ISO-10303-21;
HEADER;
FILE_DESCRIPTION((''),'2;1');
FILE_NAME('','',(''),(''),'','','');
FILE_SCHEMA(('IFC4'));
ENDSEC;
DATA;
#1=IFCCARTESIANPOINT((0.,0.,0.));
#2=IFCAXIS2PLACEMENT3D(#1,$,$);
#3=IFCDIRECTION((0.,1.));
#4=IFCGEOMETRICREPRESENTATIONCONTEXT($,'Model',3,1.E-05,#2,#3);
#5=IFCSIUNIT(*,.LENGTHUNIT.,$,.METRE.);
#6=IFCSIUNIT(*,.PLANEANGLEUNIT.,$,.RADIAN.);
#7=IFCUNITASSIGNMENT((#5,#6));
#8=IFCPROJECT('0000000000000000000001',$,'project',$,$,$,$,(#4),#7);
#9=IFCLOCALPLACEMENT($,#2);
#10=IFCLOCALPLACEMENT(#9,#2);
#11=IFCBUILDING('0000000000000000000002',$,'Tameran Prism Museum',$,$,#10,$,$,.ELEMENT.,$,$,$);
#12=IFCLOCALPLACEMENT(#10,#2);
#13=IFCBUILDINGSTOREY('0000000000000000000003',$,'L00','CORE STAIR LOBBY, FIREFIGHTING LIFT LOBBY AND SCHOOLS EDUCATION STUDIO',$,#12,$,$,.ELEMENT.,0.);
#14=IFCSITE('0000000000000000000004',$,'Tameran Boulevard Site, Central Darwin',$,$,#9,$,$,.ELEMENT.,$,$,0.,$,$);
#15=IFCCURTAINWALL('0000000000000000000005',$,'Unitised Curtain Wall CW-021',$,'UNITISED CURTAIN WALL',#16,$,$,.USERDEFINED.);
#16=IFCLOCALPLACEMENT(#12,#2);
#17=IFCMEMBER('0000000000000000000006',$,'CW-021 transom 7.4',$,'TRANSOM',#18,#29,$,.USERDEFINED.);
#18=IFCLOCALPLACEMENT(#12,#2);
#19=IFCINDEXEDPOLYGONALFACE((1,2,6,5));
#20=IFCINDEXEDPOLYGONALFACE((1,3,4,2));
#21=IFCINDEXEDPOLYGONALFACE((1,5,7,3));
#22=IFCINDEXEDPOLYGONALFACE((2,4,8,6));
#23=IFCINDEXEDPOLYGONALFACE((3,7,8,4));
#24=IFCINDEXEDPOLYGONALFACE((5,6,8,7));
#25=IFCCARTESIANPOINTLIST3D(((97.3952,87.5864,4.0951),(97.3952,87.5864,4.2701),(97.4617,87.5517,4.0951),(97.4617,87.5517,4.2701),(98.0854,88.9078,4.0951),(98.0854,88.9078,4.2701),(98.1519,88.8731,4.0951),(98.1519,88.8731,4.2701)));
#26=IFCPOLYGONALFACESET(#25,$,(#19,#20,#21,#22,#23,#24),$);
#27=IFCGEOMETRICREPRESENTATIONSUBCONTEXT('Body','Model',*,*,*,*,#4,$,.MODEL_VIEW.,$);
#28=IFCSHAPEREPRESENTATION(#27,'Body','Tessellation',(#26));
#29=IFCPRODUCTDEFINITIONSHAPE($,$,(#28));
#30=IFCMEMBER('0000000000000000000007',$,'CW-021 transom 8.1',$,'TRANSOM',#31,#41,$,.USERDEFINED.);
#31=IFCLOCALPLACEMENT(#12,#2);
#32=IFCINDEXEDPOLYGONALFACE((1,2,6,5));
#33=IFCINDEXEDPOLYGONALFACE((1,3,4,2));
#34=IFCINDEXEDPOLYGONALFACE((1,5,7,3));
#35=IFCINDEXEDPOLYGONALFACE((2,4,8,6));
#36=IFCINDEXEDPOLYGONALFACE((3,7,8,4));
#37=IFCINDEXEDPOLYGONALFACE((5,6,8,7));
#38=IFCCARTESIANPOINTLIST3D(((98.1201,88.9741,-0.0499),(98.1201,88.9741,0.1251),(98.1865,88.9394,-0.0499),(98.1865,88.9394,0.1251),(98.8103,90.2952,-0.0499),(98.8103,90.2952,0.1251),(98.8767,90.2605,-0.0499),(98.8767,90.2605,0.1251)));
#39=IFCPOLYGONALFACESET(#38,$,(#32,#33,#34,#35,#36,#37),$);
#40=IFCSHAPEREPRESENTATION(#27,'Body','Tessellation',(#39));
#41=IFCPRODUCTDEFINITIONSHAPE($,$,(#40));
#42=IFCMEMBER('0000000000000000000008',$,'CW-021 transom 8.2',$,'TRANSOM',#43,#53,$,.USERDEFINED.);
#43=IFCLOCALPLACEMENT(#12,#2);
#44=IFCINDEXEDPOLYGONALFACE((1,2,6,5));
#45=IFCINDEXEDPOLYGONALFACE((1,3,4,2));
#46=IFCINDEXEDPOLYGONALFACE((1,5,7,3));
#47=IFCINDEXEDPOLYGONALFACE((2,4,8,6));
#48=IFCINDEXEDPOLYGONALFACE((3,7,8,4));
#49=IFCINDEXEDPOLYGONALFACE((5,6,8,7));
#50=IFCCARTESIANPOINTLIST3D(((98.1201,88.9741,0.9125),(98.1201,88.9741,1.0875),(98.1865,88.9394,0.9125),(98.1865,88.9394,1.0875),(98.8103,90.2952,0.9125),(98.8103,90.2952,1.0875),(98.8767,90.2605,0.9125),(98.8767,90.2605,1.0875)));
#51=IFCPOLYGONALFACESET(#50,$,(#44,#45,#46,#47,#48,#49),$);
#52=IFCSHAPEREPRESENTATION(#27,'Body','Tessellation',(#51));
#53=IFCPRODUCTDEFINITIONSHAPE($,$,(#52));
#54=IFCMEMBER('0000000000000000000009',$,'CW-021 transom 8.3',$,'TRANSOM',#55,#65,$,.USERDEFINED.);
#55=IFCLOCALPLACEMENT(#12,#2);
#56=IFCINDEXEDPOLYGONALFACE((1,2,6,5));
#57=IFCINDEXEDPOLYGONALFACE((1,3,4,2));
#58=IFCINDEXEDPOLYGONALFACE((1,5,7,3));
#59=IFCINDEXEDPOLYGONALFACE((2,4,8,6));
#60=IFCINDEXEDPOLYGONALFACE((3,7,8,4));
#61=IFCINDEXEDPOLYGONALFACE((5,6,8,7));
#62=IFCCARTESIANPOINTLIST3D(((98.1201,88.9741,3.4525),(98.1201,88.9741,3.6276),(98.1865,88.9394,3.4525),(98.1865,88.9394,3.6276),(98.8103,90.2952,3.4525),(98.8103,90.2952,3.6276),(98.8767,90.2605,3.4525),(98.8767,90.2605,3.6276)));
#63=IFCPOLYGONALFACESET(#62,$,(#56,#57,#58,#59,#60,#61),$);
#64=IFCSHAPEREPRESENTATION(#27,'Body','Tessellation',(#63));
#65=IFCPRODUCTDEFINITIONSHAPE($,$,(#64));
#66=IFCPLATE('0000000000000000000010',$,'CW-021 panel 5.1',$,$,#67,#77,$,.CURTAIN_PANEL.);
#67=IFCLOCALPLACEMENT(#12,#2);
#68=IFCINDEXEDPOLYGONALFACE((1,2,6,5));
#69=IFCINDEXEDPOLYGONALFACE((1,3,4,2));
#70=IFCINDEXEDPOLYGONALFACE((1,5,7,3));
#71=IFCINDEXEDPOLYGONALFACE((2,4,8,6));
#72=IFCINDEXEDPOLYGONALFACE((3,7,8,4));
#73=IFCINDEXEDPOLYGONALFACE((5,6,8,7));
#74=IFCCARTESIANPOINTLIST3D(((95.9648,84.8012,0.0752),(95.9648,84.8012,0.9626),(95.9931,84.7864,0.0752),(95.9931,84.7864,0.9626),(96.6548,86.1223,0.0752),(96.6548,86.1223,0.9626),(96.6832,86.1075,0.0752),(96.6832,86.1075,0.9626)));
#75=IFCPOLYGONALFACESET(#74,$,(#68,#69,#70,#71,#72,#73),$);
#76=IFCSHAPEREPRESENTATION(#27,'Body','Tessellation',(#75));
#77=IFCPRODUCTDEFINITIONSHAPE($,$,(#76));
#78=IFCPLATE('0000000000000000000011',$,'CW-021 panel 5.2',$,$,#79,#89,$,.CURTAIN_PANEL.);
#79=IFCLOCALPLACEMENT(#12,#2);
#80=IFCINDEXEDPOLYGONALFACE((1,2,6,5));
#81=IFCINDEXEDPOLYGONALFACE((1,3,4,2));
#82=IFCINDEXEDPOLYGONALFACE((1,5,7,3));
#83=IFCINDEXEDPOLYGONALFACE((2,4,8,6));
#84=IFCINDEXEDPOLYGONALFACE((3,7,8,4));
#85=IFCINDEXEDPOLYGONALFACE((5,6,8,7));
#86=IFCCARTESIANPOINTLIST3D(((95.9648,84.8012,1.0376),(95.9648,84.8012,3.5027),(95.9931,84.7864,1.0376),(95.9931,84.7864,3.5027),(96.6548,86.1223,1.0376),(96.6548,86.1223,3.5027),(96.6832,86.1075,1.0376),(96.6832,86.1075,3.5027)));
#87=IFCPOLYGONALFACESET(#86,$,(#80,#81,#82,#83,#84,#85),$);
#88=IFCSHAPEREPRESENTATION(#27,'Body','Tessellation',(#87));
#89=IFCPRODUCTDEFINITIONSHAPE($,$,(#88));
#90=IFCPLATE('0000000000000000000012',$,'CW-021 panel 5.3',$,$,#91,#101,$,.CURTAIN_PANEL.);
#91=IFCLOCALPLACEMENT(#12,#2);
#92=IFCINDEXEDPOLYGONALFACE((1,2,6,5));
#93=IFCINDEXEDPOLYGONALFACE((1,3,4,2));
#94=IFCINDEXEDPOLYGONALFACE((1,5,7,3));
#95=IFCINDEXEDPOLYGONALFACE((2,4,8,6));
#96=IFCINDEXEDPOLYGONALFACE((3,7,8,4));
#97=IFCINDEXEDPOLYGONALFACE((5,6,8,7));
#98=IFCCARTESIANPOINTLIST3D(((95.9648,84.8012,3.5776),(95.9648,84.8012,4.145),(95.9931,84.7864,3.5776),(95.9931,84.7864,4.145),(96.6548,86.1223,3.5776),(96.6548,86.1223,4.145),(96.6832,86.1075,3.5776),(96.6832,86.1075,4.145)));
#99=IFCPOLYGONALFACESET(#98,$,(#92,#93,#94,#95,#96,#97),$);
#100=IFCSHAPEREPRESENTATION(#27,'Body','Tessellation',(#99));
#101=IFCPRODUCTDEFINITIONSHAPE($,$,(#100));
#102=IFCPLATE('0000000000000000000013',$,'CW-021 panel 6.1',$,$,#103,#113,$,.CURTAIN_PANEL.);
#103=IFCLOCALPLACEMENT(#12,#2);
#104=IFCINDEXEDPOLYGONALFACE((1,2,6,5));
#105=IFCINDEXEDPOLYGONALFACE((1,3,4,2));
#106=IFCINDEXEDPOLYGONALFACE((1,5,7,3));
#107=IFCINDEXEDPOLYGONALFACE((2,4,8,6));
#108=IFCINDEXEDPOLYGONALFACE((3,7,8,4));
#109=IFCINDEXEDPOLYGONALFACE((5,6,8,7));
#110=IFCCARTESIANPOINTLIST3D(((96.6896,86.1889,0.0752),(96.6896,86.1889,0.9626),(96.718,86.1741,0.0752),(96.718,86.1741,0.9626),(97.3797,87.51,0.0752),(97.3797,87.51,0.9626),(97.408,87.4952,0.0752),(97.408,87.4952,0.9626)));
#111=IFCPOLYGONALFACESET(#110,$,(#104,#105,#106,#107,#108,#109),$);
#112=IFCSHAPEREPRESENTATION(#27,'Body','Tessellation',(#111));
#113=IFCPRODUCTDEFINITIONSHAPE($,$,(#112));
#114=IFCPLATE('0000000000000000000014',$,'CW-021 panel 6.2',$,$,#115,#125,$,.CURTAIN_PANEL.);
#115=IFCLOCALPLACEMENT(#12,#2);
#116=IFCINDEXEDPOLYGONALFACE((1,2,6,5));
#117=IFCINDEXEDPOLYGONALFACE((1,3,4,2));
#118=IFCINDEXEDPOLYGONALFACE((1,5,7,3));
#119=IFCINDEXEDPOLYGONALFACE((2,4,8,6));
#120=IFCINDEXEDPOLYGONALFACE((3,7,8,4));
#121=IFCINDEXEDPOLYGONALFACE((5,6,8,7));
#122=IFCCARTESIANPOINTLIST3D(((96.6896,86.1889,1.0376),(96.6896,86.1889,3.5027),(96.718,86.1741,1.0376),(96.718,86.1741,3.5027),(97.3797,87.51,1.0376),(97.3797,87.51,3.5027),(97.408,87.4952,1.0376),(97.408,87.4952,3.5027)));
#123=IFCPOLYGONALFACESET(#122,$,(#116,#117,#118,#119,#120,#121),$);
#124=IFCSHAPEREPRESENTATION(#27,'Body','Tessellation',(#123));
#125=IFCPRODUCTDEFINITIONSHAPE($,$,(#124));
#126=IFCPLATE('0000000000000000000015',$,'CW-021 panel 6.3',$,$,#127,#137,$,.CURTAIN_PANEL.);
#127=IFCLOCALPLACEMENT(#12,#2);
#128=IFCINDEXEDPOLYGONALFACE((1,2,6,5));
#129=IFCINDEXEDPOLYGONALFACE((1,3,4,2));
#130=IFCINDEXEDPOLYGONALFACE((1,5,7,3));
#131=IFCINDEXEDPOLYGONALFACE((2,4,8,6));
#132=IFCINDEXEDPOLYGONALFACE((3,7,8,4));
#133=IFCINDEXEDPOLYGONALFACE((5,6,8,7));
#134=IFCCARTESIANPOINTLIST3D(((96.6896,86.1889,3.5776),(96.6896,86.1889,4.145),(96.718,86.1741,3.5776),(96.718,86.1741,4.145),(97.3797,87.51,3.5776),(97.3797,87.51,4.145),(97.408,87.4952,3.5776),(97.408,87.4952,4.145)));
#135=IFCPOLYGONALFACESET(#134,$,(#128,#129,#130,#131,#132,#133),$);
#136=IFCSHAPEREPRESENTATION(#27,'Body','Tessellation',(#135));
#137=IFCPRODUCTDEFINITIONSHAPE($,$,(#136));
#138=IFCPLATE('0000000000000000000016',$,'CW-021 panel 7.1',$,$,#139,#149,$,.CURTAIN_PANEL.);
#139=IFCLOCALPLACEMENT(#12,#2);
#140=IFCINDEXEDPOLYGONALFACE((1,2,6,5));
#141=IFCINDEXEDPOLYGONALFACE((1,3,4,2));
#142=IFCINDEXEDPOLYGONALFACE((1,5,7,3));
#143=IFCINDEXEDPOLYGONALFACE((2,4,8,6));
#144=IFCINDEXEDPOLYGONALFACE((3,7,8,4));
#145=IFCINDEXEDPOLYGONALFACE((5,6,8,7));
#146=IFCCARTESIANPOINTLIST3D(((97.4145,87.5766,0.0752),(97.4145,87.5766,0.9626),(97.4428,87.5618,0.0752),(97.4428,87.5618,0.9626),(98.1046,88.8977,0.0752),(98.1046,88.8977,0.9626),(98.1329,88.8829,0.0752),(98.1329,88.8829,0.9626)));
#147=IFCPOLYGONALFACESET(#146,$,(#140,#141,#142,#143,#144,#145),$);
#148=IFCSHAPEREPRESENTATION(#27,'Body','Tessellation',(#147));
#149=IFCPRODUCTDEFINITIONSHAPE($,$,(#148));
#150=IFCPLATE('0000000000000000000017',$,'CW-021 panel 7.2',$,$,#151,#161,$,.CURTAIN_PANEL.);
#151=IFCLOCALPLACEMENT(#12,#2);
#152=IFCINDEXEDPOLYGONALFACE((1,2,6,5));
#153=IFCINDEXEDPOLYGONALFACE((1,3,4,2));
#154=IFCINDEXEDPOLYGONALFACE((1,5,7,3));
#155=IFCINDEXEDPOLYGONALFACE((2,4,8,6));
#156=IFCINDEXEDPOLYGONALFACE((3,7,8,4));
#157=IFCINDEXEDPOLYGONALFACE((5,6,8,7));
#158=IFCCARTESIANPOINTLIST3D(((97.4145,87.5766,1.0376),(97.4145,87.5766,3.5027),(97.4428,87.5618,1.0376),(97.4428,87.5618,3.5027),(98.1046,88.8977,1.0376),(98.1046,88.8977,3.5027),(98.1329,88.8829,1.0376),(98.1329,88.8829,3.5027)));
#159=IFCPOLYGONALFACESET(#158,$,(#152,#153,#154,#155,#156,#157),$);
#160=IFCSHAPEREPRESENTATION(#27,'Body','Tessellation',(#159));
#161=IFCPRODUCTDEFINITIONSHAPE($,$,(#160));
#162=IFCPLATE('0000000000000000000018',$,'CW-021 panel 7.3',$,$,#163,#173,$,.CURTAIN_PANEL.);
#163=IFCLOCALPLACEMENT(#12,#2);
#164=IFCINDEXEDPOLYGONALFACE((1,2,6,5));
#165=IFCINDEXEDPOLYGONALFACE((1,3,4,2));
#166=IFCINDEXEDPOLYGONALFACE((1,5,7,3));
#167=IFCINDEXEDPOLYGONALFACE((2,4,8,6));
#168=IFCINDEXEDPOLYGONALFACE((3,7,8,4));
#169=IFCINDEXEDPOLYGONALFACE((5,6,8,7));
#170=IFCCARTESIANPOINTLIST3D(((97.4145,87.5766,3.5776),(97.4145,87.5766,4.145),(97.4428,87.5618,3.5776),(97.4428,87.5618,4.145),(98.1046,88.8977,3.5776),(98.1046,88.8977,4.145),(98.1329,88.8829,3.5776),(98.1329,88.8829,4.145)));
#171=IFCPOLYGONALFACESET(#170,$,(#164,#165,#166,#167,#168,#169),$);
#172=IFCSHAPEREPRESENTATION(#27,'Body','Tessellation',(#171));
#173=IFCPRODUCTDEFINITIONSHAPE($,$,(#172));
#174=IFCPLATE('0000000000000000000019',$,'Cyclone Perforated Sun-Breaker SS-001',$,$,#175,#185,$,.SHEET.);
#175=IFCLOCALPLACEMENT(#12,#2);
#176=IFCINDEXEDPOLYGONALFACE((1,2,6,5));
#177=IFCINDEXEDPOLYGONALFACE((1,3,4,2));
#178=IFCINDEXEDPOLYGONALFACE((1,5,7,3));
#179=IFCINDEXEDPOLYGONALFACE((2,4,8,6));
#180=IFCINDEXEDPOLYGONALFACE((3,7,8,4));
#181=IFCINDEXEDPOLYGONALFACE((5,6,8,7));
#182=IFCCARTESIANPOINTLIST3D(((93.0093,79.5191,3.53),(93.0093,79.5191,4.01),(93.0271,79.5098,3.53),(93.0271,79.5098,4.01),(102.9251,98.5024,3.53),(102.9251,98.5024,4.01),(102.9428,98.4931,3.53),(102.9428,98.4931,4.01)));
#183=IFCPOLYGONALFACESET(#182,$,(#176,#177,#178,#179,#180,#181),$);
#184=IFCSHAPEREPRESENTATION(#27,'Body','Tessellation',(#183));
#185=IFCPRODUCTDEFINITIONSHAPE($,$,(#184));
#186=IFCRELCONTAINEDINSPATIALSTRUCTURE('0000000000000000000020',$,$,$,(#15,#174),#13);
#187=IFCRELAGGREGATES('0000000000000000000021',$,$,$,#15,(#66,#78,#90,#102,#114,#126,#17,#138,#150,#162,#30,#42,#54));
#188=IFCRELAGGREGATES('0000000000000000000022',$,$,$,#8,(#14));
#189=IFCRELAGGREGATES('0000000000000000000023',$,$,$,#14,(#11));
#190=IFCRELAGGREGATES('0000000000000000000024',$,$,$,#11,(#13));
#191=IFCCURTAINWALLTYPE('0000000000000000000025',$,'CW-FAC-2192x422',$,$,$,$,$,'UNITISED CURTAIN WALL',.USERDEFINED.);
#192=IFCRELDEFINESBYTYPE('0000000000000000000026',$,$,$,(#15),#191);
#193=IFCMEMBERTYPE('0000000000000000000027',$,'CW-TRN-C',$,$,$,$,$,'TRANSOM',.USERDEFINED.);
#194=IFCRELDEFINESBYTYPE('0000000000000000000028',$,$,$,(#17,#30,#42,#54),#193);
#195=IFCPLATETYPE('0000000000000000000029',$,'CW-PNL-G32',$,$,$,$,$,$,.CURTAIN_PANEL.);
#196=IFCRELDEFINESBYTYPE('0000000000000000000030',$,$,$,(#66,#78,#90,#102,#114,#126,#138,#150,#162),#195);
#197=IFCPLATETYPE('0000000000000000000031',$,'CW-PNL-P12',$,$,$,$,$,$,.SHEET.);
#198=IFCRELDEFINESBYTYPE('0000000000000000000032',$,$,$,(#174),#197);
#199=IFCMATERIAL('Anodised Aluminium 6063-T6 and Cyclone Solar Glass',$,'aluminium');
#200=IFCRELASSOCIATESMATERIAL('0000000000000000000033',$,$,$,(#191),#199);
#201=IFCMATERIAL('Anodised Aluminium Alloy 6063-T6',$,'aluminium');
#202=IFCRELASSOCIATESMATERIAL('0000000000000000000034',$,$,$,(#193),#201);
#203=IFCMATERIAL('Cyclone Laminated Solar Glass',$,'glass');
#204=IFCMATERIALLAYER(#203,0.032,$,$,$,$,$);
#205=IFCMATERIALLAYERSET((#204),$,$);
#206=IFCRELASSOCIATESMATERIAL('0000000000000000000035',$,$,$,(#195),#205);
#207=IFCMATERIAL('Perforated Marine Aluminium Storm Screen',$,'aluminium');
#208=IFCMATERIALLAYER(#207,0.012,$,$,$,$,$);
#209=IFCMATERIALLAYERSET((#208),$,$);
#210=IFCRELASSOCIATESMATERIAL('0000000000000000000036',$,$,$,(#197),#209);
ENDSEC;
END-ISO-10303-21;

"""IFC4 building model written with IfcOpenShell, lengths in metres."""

from ifc_helpers import new_model, si_unit, direction, frame, origin, origin_2d, place, context, subcontext, project, spatial, rectangle, extrude, material, layer, layer_set, material_profile, profile_set, type_object, element, aggregate, save


model = new_model("IFC4")

# Units and contexts
model_context = context("Model", 3, precision=1e-05, world=origin(), true_north=direction((0.0, 1.0)))
body_context = subcontext(model_context, "Body", "Model", "MODEL_VIEW")
ifc_project = project(units=[si_unit("LENGTHUNIT", "METRE"), si_unit("PLANEANGLEUNIT", "RADIAN")], contexts=[model_context])

# Site, building, storey
site_placement = place(None, origin())
site = spatial("IfcSite", under=ifc_project, at=site_placement, Name="Tameran Boulevard Site, Central Darwin", CompositionType="ELEMENT", RefElevation=0.0)
building_placement = place(site_placement, origin())
building = spatial("IfcBuilding", under=site, at=building_placement, Name="Tameran Prism Museum", CompositionType="ELEMENT")
storey_placement = place(building_placement, origin())
storey = spatial("IfcBuildingStorey", under=building, at=storey_placement, Name="L00", Description="CORE STAIR LOBBY, FIREFIGHTING LIFT LOBBY AND SCHOOLS EDUCATION STUDIO", CompositionType="ELEMENT", Elevation=0.0)

# Curtain wall, members, plates
ifc_material_1 = material(Name="Anodised Aluminium 6063-T6 and Cyclone Solar Glass", Category="aluminium")
curtain_wall_type = type_object("IfcCurtainWallType", Name="CW-FAC-2192x422", ElementType="UNITISED CURTAIN WALL", PredefinedType="USERDEFINED", material=ifc_material_1)
curtain_wall_placement = place(storey_placement, origin())
curtain_wall = element("IfcCurtainWall", 1, at=curtain_wall_placement, inside=storey, type_object=curtain_wall_type, Name="Unitised Curtain Wall CW-021", ObjectType="UNITISED CURTAIN WALL", PredefinedType="USERDEFINED")
ifc_material_2 = material(Name="Anodised Aluminium Alloy 6063-T6", Category="aluminium")
ifc_material_profile_1 = material_profile(ifc_material_2, rectangle(XDim=0.075, YDim=0.175, at=origin_2d()))
ifc_profile_set_1 = profile_set([ifc_material_profile_1])
member_type_1 = type_object("IfcMemberType", Name="CW-TRN-C", ElementType="TRANSOM", PredefinedType="USERDEFINED", material=ifc_profile_set_1)
member_1_placement = place(storey_placement, frame((97.4285, 87.5691, 4.1826), z_axis=(0.462997, 0.88636, 0.0), x_axis=(-0.88636, 0.462997, 0.0)))
member_1 = element("IfcMember", 2, at=member_1_placement, type_object=member_type_1, Name="CW-021 transom 7.4", ObjectType="TRANSOM", PredefinedType="USERDEFINED", context=body_context, shape_type="SweptSolid", body=[
    extrude(rectangle(XDim=0.075, YDim=0.175, at=origin_2d()), origin(), (0.0, 0.0, 1.0), 1.4907),
])
member_2_placement = place(storey_placement, frame((98.1533, 88.9568, 0.0376), z_axis=(0.463064, 0.886325, 0.0), x_axis=(-0.886325, 0.463064, 0.0)))
member_2 = element("IfcMember", 3, at=member_2_placement, type_object=member_type_1, Name="CW-021 transom 8.1", ObjectType="TRANSOM", PredefinedType="USERDEFINED", context=body_context, shape_type="SweptSolid", body=[
    extrude(rectangle(XDim=0.075, YDim=0.175, at=origin_2d()), origin(), (0.0, 0.0, 1.0), 1.4905),
])
member_3_placement = place(storey_placement, frame((98.1533, 88.9568, 1.0), z_axis=(0.463064, 0.886325, 0.0), x_axis=(-0.886325, 0.463064, 0.0)))
member_3 = element("IfcMember", 4, at=member_3_placement, type_object=member_type_1, Name="CW-021 transom 8.2", ObjectType="TRANSOM", PredefinedType="USERDEFINED", context=body_context, shape_type="SweptSolid", body=[
    extrude(rectangle(XDim=0.075, YDim=0.175, at=origin_2d()), origin(), (0.0, 0.0, 1.0), 1.4905),
])
member_4_placement = place(storey_placement, frame((98.1533, 88.9568, 3.54), z_axis=(0.463064, 0.886325, 0.0), x_axis=(-0.886325, 0.463064, 0.0)))
member_4 = element("IfcMember", 5, at=member_4_placement, type_object=member_type_1, Name="CW-021 transom 8.3", ObjectType="TRANSOM", PredefinedType="USERDEFINED", context=body_context, shape_type="SweptSolid", body=[
    extrude(rectangle(XDim=0.075, YDim=0.175, at=origin_2d()), origin(), (0.0, 0.0, 1.0), 1.4905),
])
ifc_material_3 = material(Name="Cyclone Laminated Solar Glass", Category="glass")
ifc_layer_1 = layer(ifc_material_3, 0.032)
ifc_layer_set_1 = layer_set([ifc_layer_1])
plate_type_1 = type_object("IfcPlateType", Name="CW-PNL-G32", PredefinedType="CURTAIN_PANEL", material=ifc_layer_set_1)
plate_1_placement = place(storey_placement, frame((96.324, 85.4543, 0.0752), z_axis=(0.0, 0.0, 1.0), x_axis=(0.463003, 0.886357, 0.0)))
plate_1 = element("IfcPlate", 6, at=plate_1_placement, type_object=plate_type_1, Name="CW-021 panel 5.1", PredefinedType="CURTAIN_PANEL", context=body_context, shape_type="SweptSolid", body=[
    extrude(rectangle(XDim=1.4905, YDim=0.032, at=origin_2d()), origin(), (0.0, 0.0, 1.0), 0.8875),
])
plate_2_placement = place(storey_placement, frame((96.324, 85.4543, 1.0376), z_axis=(0.0, 0.0, 1.0), x_axis=(0.463003, 0.886357, 0.0)))
plate_2 = element("IfcPlate", 7, at=plate_2_placement, type_object=plate_type_1, Name="CW-021 panel 5.2", PredefinedType="CURTAIN_PANEL", context=body_context, shape_type="SweptSolid", body=[
    extrude(rectangle(XDim=1.4905, YDim=0.032, at=origin_2d()), origin(), (0.0, 0.0, 1.0), 2.4651),
])
plate_3_placement = place(storey_placement, frame((96.324, 85.4543, 3.5776), z_axis=(0.0, 0.0, 1.0), x_axis=(0.463003, 0.886357, 0.0)))
plate_3 = element("IfcPlate", 8, at=plate_3_placement, type_object=plate_type_1, Name="CW-021 panel 5.3", PredefinedType="CURTAIN_PANEL", context=body_context, shape_type="SweptSolid", body=[
    extrude(rectangle(XDim=1.4905, YDim=0.032, at=origin_2d()), origin(), (0.0, 0.0, 1.0), 0.5674),
])
plate_4_placement = place(storey_placement, frame((97.0488, 86.842, 0.0752), z_axis=(0.0, 0.0, 1.0), x_axis=(0.463003, 0.886357, 0.0)))
plate_4 = element("IfcPlate", 9, at=plate_4_placement, type_object=plate_type_1, Name="CW-021 panel 6.1", PredefinedType="CURTAIN_PANEL", context=body_context, shape_type="SweptSolid", body=[
    extrude(rectangle(XDim=1.4905, YDim=0.032, at=origin_2d()), origin(), (0.0, 0.0, 1.0), 0.8875),
])
plate_5_placement = place(storey_placement, frame((97.0488, 86.842, 1.0376), z_axis=(0.0, 0.0, 1.0), x_axis=(0.463003, 0.886357, 0.0)))
plate_5 = element("IfcPlate", 10, at=plate_5_placement, type_object=plate_type_1, Name="CW-021 panel 6.2", PredefinedType="CURTAIN_PANEL", context=body_context, shape_type="SweptSolid", body=[
    extrude(rectangle(XDim=1.4905, YDim=0.032, at=origin_2d()), origin(), (0.0, 0.0, 1.0), 2.4651),
])
plate_6_placement = place(storey_placement, frame((97.0488, 86.842, 3.5776), z_axis=(0.0, 0.0, 1.0), x_axis=(0.463003, 0.886357, 0.0)))
plate_6 = element("IfcPlate", 11, at=plate_6_placement, type_object=plate_type_1, Name="CW-021 panel 6.3", PredefinedType="CURTAIN_PANEL", context=body_context, shape_type="SweptSolid", body=[
    extrude(rectangle(XDim=1.4905, YDim=0.032, at=origin_2d()), origin(), (0.0, 0.0, 1.0), 0.5674),
])
plate_7_placement = place(storey_placement, frame((97.7737, 88.2297, 0.0752), z_axis=(0.0, 0.0, 1.0), x_axis=(0.463003, 0.886357, 0.0)))
plate_7 = element("IfcPlate", 12, at=plate_7_placement, type_object=plate_type_1, Name="CW-021 panel 7.1", PredefinedType="CURTAIN_PANEL", context=body_context, shape_type="SweptSolid", body=[
    extrude(rectangle(XDim=1.4905, YDim=0.032, at=origin_2d()), origin(), (0.0, 0.0, 1.0), 0.8875),
])
plate_8_placement = place(storey_placement, frame((97.7737, 88.2297, 1.0376), z_axis=(0.0, 0.0, 1.0), x_axis=(0.463003, 0.886357, 0.0)))
plate_8 = element("IfcPlate", 13, at=plate_8_placement, type_object=plate_type_1, Name="CW-021 panel 7.2", PredefinedType="CURTAIN_PANEL", context=body_context, shape_type="SweptSolid", body=[
    extrude(rectangle(XDim=1.4905, YDim=0.032, at=origin_2d()), origin(), (0.0, 0.0, 1.0), 2.4651),
])
plate_9_placement = place(storey_placement, frame((97.7737, 88.2297, 3.5776), z_axis=(0.0, 0.0, 1.0), x_axis=(0.463003, 0.886357, 0.0)))
plate_9 = element("IfcPlate", 14, at=plate_9_placement, type_object=plate_type_1, Name="CW-021 panel 7.3", PredefinedType="CURTAIN_PANEL", context=body_context, shape_type="SweptSolid", body=[
    extrude(rectangle(XDim=1.4905, YDim=0.032, at=origin_2d()), origin(), (0.0, 0.0, 1.0), 0.5674),
])
aggregate(curtain_wall, [plate_1, plate_2, plate_3, plate_4, plate_5, plate_6, member_1, plate_7, plate_8, plate_9, member_2, member_3, member_4])

# Plate
ifc_material_4 = material(Name="Perforated Marine Aluminium Storm Screen", Category="aluminium")
ifc_layer_2 = layer(ifc_material_4, 0.012)
ifc_layer_set_2 = layer_set([ifc_layer_2])
plate_type_2 = type_object("IfcPlateType", Name="CW-PNL-P12", PredefinedType="SHEET", material=ifc_layer_set_2)
plate_10_placement = place(storey_placement, frame((97.9761, 89.0061, 3.53), z_axis=(0.0, 0.0, 1.0), x_axis=(0.462987, 0.886365, 0.0)))
element("IfcPlate", 15, at=plate_10_placement, inside=storey, type_object=plate_type_2, Name="Cyclone Perforated Sun-Breaker SS-001", PredefinedType="SHEET", context=body_context, shape_type="SweptSolid", body=[
    extrude(rectangle(XDim=21.417, YDim=0.02, at=origin_2d()), origin(), (0.0, 0.0, 1.0), 0.48),
])

save(model, "model.ifc")
